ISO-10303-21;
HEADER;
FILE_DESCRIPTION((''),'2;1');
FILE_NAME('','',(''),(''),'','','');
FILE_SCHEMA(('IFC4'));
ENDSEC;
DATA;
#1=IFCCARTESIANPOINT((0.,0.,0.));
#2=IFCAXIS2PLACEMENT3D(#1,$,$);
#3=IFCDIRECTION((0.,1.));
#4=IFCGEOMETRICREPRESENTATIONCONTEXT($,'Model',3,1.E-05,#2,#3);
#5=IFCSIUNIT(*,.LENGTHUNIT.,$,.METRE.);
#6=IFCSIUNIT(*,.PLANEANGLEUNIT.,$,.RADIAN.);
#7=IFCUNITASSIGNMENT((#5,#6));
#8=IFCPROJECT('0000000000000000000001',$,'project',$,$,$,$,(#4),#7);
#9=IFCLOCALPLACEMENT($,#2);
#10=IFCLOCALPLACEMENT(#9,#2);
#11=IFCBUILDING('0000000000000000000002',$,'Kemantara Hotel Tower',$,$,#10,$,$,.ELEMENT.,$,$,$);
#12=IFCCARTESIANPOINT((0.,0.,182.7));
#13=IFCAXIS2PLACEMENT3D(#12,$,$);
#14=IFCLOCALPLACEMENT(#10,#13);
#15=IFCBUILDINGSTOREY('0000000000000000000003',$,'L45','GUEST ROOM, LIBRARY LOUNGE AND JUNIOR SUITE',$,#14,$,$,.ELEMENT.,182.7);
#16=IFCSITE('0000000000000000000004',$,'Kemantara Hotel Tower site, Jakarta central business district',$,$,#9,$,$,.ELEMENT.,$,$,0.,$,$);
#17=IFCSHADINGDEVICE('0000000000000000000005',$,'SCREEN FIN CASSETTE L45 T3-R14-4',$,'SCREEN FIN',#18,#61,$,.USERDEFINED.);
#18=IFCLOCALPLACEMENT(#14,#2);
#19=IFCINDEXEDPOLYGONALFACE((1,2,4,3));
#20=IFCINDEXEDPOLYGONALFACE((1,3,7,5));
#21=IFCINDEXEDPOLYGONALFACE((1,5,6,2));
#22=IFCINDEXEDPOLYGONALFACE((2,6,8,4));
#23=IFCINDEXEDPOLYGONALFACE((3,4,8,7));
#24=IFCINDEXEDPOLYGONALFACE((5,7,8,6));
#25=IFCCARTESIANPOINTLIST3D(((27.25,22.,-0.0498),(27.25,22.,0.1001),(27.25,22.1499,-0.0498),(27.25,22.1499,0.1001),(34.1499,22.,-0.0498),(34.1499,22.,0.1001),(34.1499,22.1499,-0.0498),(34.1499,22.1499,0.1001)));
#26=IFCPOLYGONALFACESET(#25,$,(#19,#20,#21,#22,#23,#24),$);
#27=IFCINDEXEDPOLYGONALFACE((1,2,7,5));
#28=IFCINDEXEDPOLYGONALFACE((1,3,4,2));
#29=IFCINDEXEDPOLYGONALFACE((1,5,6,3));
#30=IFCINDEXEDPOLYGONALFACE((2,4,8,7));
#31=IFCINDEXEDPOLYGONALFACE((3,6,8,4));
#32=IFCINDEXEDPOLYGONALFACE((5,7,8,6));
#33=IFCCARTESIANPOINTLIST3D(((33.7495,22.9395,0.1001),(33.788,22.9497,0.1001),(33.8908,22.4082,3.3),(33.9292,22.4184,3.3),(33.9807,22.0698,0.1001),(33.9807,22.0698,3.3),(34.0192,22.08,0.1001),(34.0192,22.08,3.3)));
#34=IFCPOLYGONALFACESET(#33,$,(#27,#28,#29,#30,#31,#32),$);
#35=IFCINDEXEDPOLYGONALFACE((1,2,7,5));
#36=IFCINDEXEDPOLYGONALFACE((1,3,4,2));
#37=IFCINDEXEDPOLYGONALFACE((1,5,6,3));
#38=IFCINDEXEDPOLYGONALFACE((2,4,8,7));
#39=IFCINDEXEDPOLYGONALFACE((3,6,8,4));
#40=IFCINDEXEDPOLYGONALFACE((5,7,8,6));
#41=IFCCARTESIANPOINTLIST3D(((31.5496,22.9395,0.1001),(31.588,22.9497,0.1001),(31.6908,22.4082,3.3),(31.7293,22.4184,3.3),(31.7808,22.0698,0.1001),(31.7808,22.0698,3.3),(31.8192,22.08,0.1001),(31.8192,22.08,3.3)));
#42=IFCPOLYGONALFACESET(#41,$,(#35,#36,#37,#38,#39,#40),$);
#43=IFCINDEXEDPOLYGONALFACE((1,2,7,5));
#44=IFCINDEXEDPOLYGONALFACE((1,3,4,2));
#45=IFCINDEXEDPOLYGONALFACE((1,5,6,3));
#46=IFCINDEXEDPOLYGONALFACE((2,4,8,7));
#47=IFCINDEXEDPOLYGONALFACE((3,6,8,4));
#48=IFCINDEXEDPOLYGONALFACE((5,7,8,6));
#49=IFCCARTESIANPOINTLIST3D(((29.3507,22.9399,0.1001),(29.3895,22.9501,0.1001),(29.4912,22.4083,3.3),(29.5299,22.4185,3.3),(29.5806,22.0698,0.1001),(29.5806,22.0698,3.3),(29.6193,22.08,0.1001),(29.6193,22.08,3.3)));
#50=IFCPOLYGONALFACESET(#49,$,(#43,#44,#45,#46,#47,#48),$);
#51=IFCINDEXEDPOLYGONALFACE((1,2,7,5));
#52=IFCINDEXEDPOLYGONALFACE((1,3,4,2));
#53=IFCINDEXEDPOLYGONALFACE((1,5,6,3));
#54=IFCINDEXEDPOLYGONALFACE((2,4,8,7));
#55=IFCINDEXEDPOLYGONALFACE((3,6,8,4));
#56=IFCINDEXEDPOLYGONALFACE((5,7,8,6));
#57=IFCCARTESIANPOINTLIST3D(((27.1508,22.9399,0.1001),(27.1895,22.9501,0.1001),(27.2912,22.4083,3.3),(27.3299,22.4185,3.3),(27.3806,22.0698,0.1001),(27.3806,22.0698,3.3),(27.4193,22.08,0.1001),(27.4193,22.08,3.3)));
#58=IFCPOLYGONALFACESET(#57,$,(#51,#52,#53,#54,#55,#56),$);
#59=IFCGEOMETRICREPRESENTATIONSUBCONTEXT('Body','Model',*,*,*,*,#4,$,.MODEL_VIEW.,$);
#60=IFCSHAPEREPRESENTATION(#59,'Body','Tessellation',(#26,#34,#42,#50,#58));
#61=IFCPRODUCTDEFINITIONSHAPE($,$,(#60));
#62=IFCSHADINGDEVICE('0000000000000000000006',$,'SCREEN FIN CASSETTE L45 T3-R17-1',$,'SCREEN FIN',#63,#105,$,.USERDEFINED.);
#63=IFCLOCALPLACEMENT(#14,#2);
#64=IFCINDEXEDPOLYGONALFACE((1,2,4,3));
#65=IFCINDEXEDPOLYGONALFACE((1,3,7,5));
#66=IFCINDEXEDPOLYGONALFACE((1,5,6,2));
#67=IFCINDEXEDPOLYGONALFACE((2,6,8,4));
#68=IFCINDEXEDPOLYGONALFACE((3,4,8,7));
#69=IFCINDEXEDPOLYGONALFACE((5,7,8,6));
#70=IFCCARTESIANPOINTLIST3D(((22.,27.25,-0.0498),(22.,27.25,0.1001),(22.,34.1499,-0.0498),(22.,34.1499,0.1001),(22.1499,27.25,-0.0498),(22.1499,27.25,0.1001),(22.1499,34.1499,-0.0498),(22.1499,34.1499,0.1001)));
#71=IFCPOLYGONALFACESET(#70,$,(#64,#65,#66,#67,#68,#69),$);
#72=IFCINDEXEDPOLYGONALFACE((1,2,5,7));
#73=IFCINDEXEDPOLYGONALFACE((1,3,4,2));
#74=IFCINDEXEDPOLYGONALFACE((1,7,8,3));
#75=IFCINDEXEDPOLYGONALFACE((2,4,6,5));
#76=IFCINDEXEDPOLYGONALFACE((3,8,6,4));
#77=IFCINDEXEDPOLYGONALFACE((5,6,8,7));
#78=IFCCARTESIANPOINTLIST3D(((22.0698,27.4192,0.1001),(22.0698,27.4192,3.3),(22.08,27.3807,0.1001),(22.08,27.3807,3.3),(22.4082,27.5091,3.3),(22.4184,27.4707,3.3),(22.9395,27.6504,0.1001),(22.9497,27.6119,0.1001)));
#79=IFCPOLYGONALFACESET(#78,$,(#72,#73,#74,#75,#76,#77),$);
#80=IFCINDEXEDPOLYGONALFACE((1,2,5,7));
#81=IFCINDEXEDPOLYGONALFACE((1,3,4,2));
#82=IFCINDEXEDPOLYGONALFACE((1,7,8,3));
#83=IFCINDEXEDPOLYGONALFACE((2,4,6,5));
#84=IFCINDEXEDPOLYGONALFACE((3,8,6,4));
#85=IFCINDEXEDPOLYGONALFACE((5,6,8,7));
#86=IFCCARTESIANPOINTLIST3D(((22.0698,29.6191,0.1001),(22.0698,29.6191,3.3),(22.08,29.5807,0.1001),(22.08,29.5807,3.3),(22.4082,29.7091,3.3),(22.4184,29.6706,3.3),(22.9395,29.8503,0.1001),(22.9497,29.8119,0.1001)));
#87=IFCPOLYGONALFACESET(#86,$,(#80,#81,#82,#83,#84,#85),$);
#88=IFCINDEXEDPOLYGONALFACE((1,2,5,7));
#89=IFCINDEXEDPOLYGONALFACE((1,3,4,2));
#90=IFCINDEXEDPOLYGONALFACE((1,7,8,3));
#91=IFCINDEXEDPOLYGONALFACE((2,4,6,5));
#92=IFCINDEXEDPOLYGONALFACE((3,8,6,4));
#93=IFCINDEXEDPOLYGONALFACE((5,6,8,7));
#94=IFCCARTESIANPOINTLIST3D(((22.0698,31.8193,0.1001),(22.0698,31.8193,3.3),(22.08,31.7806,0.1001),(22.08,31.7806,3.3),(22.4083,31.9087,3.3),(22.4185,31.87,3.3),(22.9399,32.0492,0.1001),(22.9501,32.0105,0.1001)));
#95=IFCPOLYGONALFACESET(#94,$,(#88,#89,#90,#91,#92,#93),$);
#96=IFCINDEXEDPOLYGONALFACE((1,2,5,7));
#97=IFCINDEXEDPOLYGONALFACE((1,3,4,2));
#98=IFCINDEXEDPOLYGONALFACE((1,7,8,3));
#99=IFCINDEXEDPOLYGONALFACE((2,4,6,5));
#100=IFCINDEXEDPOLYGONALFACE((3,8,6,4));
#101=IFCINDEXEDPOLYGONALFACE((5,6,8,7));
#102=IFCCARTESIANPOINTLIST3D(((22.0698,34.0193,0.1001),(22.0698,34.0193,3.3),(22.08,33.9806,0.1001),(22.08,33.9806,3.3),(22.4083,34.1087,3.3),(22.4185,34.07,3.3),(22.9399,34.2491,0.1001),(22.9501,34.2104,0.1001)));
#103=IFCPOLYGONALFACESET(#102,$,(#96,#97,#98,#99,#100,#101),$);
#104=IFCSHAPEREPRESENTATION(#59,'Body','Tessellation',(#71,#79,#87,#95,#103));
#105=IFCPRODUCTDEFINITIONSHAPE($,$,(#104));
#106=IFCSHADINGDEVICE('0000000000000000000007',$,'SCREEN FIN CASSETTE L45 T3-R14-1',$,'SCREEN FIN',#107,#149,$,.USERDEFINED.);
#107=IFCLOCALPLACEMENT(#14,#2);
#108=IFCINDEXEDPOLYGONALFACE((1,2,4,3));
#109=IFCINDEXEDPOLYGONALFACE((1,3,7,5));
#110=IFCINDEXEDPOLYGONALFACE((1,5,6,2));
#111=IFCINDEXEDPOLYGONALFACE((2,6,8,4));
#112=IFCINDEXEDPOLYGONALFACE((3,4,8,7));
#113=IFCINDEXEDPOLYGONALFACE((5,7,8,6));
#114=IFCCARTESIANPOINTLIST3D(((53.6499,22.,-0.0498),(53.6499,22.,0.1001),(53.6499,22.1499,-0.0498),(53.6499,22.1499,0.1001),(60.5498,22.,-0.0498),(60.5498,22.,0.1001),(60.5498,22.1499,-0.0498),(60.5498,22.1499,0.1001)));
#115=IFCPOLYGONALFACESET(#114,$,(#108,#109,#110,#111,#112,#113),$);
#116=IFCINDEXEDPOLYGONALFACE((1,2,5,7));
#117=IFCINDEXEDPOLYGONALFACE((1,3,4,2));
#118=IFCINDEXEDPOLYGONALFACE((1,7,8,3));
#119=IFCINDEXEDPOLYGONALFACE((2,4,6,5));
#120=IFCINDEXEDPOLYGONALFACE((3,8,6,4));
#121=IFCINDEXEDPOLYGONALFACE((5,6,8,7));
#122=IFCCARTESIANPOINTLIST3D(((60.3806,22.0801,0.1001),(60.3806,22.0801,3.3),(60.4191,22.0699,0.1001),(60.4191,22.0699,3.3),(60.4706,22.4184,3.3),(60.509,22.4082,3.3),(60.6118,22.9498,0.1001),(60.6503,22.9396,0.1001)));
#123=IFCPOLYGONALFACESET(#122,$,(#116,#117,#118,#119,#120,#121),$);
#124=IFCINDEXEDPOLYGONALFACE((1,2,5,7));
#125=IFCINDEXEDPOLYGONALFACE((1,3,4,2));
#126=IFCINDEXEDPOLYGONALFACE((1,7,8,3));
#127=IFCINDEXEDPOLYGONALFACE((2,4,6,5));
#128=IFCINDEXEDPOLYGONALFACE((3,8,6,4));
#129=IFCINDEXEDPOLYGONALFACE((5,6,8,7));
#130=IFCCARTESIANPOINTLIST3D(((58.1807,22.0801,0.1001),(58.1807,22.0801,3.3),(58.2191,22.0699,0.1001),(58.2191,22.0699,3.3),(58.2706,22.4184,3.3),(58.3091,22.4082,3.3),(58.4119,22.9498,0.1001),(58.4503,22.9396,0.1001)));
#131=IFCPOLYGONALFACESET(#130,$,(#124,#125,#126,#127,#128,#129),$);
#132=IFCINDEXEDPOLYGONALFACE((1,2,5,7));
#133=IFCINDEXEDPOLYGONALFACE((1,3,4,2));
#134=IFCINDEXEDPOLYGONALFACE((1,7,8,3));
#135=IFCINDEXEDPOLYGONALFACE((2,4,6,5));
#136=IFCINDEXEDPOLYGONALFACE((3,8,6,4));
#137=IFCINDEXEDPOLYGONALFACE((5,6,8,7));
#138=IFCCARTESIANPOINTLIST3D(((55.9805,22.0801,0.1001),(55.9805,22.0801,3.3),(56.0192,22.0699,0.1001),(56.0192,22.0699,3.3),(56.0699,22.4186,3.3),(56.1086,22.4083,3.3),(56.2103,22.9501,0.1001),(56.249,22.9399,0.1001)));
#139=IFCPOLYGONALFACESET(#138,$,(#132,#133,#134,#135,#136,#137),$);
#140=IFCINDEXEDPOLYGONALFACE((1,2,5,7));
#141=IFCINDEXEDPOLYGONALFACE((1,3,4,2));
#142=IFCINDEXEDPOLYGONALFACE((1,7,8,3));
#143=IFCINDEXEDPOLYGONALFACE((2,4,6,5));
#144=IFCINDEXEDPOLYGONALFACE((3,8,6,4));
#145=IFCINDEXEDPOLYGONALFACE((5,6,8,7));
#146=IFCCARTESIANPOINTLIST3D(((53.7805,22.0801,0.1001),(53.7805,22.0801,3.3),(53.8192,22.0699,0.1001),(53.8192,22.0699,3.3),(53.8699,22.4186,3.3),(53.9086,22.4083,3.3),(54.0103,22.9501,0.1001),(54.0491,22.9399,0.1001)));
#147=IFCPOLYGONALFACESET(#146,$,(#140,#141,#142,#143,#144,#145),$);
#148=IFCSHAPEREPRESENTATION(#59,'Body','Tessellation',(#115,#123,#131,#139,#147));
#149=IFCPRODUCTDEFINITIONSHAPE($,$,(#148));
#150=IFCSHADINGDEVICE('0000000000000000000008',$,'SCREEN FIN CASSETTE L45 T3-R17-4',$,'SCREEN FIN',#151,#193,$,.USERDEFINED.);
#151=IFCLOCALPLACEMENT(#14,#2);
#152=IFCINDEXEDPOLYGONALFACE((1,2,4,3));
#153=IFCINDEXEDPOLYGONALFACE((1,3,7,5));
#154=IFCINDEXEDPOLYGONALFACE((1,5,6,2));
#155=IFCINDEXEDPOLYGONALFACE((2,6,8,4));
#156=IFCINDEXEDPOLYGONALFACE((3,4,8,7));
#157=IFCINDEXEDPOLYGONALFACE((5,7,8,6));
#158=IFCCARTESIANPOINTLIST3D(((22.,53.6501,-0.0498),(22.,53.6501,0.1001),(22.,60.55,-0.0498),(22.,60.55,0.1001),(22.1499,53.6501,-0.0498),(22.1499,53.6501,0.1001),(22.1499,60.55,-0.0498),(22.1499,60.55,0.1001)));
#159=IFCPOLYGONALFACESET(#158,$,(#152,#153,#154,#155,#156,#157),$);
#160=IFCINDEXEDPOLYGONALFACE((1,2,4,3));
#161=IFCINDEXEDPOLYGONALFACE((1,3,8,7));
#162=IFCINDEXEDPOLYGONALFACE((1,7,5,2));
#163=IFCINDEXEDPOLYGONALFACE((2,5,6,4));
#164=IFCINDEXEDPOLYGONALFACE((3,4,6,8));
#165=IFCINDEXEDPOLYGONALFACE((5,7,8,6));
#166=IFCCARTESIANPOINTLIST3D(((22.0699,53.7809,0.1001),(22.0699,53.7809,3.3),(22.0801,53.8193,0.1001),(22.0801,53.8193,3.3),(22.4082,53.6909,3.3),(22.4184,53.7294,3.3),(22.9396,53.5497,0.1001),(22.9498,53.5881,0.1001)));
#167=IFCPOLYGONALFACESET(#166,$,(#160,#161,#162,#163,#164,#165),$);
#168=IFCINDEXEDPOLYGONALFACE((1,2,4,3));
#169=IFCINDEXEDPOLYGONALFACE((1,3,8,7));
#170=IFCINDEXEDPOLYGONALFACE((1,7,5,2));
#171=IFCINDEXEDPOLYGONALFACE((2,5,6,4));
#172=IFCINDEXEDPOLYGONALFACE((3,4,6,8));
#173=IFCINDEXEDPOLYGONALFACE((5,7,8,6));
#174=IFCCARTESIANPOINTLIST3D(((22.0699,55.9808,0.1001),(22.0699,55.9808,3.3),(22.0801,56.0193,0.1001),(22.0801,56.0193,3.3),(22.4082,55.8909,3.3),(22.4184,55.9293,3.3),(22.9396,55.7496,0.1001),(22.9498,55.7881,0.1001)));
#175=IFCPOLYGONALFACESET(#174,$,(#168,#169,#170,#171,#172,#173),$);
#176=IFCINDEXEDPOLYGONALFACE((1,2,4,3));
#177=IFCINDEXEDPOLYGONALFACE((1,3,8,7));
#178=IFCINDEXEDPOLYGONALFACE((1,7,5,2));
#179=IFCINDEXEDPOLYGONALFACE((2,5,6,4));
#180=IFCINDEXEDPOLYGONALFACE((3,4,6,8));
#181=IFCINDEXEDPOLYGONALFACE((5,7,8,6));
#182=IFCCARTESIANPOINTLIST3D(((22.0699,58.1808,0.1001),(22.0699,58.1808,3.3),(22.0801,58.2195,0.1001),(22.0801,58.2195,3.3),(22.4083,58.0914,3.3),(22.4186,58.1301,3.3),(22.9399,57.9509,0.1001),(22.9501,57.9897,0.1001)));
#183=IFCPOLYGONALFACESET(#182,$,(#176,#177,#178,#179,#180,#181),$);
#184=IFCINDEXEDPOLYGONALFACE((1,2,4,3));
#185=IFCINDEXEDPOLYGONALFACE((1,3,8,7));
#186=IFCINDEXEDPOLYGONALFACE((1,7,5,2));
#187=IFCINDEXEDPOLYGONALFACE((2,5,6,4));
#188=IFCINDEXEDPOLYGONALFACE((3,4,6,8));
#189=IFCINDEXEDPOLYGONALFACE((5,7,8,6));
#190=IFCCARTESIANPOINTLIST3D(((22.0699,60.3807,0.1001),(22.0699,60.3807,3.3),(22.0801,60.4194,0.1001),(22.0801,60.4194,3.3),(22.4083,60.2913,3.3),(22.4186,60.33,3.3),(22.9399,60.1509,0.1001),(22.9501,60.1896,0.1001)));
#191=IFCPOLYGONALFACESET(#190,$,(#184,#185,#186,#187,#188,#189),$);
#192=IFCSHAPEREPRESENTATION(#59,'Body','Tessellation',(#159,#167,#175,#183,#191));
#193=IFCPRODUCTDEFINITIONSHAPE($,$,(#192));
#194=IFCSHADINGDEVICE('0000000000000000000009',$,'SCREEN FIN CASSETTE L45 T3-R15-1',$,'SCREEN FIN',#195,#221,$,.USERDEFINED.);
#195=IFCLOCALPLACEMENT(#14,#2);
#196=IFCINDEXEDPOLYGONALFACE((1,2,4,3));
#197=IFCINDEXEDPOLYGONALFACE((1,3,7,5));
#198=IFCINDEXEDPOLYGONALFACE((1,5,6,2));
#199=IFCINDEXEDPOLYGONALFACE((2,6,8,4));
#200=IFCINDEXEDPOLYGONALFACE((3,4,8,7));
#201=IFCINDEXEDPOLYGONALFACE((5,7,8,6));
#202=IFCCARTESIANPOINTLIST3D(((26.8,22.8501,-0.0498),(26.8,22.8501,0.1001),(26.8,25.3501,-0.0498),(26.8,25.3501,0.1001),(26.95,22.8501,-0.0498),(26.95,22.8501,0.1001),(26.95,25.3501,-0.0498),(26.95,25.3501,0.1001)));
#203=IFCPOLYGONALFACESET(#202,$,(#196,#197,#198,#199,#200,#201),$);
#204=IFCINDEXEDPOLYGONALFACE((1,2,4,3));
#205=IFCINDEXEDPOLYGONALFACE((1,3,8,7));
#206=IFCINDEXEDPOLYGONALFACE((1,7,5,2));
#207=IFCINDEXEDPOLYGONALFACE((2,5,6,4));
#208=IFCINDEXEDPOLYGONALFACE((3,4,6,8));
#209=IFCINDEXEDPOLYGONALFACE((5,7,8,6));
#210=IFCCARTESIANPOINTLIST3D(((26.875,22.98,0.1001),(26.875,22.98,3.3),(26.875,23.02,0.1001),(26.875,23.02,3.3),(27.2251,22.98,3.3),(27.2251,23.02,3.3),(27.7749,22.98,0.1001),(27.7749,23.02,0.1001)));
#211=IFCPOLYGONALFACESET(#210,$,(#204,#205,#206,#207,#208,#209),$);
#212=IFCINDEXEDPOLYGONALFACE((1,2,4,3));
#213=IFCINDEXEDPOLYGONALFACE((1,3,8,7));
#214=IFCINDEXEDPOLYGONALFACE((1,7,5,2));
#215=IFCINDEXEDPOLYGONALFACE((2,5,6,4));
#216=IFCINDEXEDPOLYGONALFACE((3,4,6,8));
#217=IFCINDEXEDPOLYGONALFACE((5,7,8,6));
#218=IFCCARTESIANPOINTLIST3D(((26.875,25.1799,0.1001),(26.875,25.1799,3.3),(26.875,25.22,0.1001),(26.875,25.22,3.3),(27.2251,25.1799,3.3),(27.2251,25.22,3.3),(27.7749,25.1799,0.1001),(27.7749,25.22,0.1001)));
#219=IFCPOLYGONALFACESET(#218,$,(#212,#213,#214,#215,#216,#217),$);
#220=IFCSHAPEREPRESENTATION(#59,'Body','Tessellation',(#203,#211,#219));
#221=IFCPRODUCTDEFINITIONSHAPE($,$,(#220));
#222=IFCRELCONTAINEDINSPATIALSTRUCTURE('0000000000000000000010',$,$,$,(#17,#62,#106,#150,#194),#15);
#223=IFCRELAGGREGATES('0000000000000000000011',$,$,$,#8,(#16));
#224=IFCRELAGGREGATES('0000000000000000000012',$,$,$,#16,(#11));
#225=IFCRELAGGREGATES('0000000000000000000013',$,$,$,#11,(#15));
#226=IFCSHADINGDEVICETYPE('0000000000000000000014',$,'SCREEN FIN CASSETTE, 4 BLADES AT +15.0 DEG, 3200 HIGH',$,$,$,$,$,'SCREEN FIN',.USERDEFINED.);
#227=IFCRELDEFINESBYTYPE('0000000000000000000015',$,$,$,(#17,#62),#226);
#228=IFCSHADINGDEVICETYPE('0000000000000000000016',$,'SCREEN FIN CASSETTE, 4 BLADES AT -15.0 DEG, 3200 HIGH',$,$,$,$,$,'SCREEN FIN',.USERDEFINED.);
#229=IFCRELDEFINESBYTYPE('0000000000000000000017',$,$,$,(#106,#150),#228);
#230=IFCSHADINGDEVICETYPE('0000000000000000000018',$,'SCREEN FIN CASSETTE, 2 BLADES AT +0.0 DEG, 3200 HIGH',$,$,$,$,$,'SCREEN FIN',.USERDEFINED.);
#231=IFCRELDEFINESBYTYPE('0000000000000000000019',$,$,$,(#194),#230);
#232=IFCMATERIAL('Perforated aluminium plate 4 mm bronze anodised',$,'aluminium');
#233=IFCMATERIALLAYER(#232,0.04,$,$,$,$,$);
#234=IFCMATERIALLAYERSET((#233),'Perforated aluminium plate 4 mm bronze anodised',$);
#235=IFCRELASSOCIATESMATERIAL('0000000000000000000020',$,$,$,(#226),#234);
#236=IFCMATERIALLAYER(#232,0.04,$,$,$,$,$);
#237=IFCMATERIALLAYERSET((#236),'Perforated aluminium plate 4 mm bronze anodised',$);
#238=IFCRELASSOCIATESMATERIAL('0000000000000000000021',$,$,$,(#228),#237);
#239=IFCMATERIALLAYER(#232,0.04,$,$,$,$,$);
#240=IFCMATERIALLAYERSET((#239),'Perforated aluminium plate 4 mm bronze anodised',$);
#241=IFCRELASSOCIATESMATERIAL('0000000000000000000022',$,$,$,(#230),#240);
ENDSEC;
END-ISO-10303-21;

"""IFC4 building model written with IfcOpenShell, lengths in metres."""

from ifc_helpers import new_model, si_unit, direction, frame, origin, origin_2d, place, context, subcontext, project, spatial, polyline, rectangle, outline, extrude, source, transform, mapped, material, layer, layer_set, type_object, element, save


model = new_model("IFC4")

# Units and contexts
model_context = context("Model", 3, precision=1e-05, world=origin(), true_north=direction((0.0, 1.0)))
body_context = subcontext(model_context, "Body", "Model", "MODEL_VIEW")
ifc_project = project(units=[si_unit("LENGTHUNIT", "METRE"), si_unit("PLANEANGLEUNIT", "RADIAN")], contexts=[model_context])

# Site, building, storey
site_placement = place(None, origin())
site = spatial("IfcSite", under=ifc_project, at=site_placement, Name="Kemantara Hotel Tower site, Jakarta central business district", CompositionType="ELEMENT", RefElevation=0.0)
building_placement = place(site_placement, origin())
building = spatial("IfcBuilding", under=site, at=building_placement, Name="Kemantara Hotel Tower", CompositionType="ELEMENT")
storey_placement = place(building_placement, frame((0.0, 0.0, 182.7)))
storey = spatial("IfcBuildingStorey", under=building, at=storey_placement, Name="L45", Description="GUEST ROOM, LIBRARY LOUNGE AND JUNIOR SUITE", CompositionType="ELEMENT", Elevation=182.7)

# Shading devices
ifc_material_1 = material(Name="Perforated aluminium plate 4 mm bronze anodised", Category="aluminium")
ifc_layer_1 = layer(ifc_material_1, 0.04)
ifc_layer_set_1 = layer_set([ifc_layer_1], Name="Perforated aluminium plate 4 mm bronze anodised")
shading_device_type_1 = type_object("IfcShadingDeviceType", Name="SCREEN FIN CASSETTE, 4 BLADES AT +15.0 DEG, 3200 HIGH", ElementType="SCREEN FIN", PredefinedType="USERDEFINED", material=ifc_layer_set_1)
shared_shape_1 = source(origin(), body_context, "Body", "SweptSolid", [
    extrude(rectangle(XDim=6.8999, YDim=0.1499, at=origin_2d()), frame((3.3, -0.075, -0.1499), z_axis=(0.0, 0.0, 1.0), x_axis=(1.0, 0.0, 0.0)), (0.0, 0.0, 1.0), 0.1499),
    extrude(outline(polyline([(0.0, 0.0), (0.8999, 0.0), (0.3501, 3.2), (0.0, 3.2), (0.0, 0.0)])), frame((0.0193, -0.0698, 0.0), z_axis=(-0.966438, -0.256901, 0.0), x_axis=(0.256901, -0.966438, 0.0)), (0.0, 0.0, 1.0), 0.0398),
    extrude(outline(polyline([(0.0, 0.0), (0.8999, 0.0), (0.3501, 3.2), (0.0, 3.2), (0.0, 0.0)])), frame((2.2192, -0.0698, 0.0), z_axis=(-0.966438, -0.256901, 0.0), x_axis=(0.256901, -0.966438, 0.0)), (0.0, 0.0, 1.0), 0.0398),
    extrude(outline(polyline([(0.0, 0.0), (0.8999, 0.0), (0.3501, 3.2), (0.0, 3.2), (0.0, 0.0)])), frame((4.4194, -0.0698, 0.0), z_axis=(-0.966838, -0.255391, 0.0), x_axis=(0.255391, -0.966838, 0.0)), (0.0, 0.0, 1.0), 0.04),
    extrude(outline(polyline([(0.0, 0.0), (0.8999, 0.0), (0.3501, 3.2), (0.0, 3.2), (0.0, 0.0)])), frame((6.6194, -0.0698, 0.0), z_axis=(-0.966838, -0.255391, 0.0), x_axis=(0.255391, -0.966838, 0.0)), (0.0, 0.0, 1.0), 0.04),
])
for number, where, z_axis, x_axis, name in (
    (1, (34.0, 22.0, 0.1001), (0.0, 0.0, 1.0), (-1.0, 0.0, 0.0), "SCREEN FIN CASSETTE L45 T3-R14-4"),
    (2, (22.0, 27.3999, 0.1001), (0.0, 0.0, 1.0), (0.0, 1.0, 0.0), "SCREEN FIN CASSETTE L45 T3-R17-1"),
):
    element("IfcShadingDevice", number, at=place(storey_placement, frame(where, z_axis=z_axis, x_axis=x_axis)), inside=storey, type_object=shading_device_type_1, Name=name, ObjectType="SCREEN FIN", PredefinedType="USERDEFINED", context=body_context, shape_type="MappedRepresentation", body=[
        mapped(shared_shape_1, transform((0.0, 0.0, 0.0))),
    ])
ifc_layer_2 = layer(ifc_material_1, 0.04)
ifc_layer_set_2 = layer_set([ifc_layer_2], Name="Perforated aluminium plate 4 mm bronze anodised")
shading_device_type_2 = type_object("IfcShadingDeviceType", Name="SCREEN FIN CASSETTE, 4 BLADES AT -15.0 DEG, 3200 HIGH", ElementType="SCREEN FIN", PredefinedType="USERDEFINED", material=ifc_layer_set_2)
shared_shape_2 = source(origin(), body_context, "Body", "SweptSolid", [
    extrude(rectangle(XDim=6.8999, YDim=0.1499, at=origin_2d()), frame((3.3, -0.075, -0.1499), z_axis=(0.0, 0.0, 1.0), x_axis=(1.0, 0.0, 0.0)), (0.0, 0.0, 1.0), 0.1499),
    extrude(outline(polyline([(0.0, 0.0), (0.8999, 0.0), (0.3501, 3.2), (0.0, 3.2), (0.0, 0.0)])), frame((0.0193, -0.0801, 0.0), z_axis=(-0.966438, 0.256901, 0.0), x_axis=(-0.256901, -0.966438, 0.0)), (0.0, 0.0, 1.0), 0.0398),
    extrude(outline(polyline([(0.0, 0.0), (0.8999, 0.0), (0.3501, 3.2), (0.0, 3.2), (0.0, 0.0)])), frame((2.2192, -0.0801, 0.0), z_axis=(-0.966438, 0.256901, 0.0), x_axis=(-0.256901, -0.966438, 0.0)), (0.0, 0.0, 1.0), 0.0398),
    extrude(outline(polyline([(0.0, 0.0), (0.8999, 0.0), (0.3501, 3.2), (0.0, 3.2), (0.0, 0.0)])), frame((4.4194, -0.0801, 0.0), z_axis=(-0.966838, 0.255391, 0.0), x_axis=(-0.255391, -0.966838, 0.0)), (0.0, 0.0, 1.0), 0.04),
    extrude(outline(polyline([(0.0, 0.0), (0.8999, 0.0), (0.3501, 3.2), (0.0, 3.2), (0.0, 0.0)])), frame((6.6194, -0.0801, 0.0), z_axis=(-0.966838, 0.255391, 0.0), x_axis=(-0.255391, -0.966838, 0.0)), (0.0, 0.0, 1.0), 0.04),
])
for number, where, z_axis, x_axis, name in (
    (3, (60.3999, 22.0, 0.1001), (0.0, 0.0, 1.0), (-1.0, 0.0, 0.0), "SCREEN FIN CASSETTE L45 T3-R14-1"),
    (4, (22.0, 53.8, 0.1001), (0.0, 0.0, 1.0), (0.0, 1.0, 0.0), "SCREEN FIN CASSETTE L45 T3-R17-4"),
):
    element("IfcShadingDevice", number, at=place(storey_placement, frame(where, z_axis=z_axis, x_axis=x_axis)), inside=storey, type_object=shading_device_type_2, Name=name, ObjectType="SCREEN FIN", PredefinedType="USERDEFINED", context=body_context, shape_type="MappedRepresentation", body=[
        mapped(shared_shape_2, transform((0.0, 0.0, 0.0))),
    ])
ifc_layer_3 = layer(ifc_material_1, 0.04)
ifc_layer_set_3 = layer_set([ifc_layer_3], Name="Perforated aluminium plate 4 mm bronze anodised")
shading_device_type_3 = type_object("IfcShadingDeviceType", Name="SCREEN FIN CASSETTE, 2 BLADES AT +0.0 DEG, 3200 HIGH", ElementType="SCREEN FIN", PredefinedType="USERDEFINED", material=ifc_layer_set_3)
shared_shape_3 = source(origin(), body_context, "Body", "SweptSolid", [
    extrude(rectangle(XDim=2.5, YDim=0.1499, at=origin_2d()), frame((1.1001, -0.075, -0.1499), z_axis=(0.0, 0.0, 1.0), x_axis=(1.0, 0.0, 0.0)), (0.0, 0.0, 1.0), 0.1499),
    extrude(outline(polyline([(0.0, 0.0), (0.8999, 0.0), (0.3501, 3.2), (0.0, 3.2), (0.0, 0.0)])), frame((0.02, -0.075, 0.0), z_axis=(-1.0, 0.0, 0.0), x_axis=(0.0, -1.0, 0.0)), (0.0, 0.0, 1.0), 0.04),
    extrude(outline(polyline([(0.0, 0.0), (0.8999, 0.0), (0.3501, 3.2), (0.0, 3.2), (0.0, 0.0)])), frame((2.22, -0.075, 0.0), z_axis=(-1.0, 0.0, 0.0), x_axis=(0.0, -1.0, 0.0)), (0.0, 0.0, 1.0), 0.04),
])
for number, where, z_axis, x_axis, name in (
    (5, (26.8, 23.0, 0.1001), (0.0, 0.0, 1.0), (0.0, 1.0, 0.0), "SCREEN FIN CASSETTE L45 T3-R15-1"),
):
    element("IfcShadingDevice", number, at=place(storey_placement, frame(where, z_axis=z_axis, x_axis=x_axis)), inside=storey, type_object=shading_device_type_3, Name=name, ObjectType="SCREEN FIN", PredefinedType="USERDEFINED", context=body_context, shape_type="MappedRepresentation", body=[
        mapped(shared_shape_3, transform((0.0, 0.0, 0.0))),
    ])

save(model, "model.ifc")
